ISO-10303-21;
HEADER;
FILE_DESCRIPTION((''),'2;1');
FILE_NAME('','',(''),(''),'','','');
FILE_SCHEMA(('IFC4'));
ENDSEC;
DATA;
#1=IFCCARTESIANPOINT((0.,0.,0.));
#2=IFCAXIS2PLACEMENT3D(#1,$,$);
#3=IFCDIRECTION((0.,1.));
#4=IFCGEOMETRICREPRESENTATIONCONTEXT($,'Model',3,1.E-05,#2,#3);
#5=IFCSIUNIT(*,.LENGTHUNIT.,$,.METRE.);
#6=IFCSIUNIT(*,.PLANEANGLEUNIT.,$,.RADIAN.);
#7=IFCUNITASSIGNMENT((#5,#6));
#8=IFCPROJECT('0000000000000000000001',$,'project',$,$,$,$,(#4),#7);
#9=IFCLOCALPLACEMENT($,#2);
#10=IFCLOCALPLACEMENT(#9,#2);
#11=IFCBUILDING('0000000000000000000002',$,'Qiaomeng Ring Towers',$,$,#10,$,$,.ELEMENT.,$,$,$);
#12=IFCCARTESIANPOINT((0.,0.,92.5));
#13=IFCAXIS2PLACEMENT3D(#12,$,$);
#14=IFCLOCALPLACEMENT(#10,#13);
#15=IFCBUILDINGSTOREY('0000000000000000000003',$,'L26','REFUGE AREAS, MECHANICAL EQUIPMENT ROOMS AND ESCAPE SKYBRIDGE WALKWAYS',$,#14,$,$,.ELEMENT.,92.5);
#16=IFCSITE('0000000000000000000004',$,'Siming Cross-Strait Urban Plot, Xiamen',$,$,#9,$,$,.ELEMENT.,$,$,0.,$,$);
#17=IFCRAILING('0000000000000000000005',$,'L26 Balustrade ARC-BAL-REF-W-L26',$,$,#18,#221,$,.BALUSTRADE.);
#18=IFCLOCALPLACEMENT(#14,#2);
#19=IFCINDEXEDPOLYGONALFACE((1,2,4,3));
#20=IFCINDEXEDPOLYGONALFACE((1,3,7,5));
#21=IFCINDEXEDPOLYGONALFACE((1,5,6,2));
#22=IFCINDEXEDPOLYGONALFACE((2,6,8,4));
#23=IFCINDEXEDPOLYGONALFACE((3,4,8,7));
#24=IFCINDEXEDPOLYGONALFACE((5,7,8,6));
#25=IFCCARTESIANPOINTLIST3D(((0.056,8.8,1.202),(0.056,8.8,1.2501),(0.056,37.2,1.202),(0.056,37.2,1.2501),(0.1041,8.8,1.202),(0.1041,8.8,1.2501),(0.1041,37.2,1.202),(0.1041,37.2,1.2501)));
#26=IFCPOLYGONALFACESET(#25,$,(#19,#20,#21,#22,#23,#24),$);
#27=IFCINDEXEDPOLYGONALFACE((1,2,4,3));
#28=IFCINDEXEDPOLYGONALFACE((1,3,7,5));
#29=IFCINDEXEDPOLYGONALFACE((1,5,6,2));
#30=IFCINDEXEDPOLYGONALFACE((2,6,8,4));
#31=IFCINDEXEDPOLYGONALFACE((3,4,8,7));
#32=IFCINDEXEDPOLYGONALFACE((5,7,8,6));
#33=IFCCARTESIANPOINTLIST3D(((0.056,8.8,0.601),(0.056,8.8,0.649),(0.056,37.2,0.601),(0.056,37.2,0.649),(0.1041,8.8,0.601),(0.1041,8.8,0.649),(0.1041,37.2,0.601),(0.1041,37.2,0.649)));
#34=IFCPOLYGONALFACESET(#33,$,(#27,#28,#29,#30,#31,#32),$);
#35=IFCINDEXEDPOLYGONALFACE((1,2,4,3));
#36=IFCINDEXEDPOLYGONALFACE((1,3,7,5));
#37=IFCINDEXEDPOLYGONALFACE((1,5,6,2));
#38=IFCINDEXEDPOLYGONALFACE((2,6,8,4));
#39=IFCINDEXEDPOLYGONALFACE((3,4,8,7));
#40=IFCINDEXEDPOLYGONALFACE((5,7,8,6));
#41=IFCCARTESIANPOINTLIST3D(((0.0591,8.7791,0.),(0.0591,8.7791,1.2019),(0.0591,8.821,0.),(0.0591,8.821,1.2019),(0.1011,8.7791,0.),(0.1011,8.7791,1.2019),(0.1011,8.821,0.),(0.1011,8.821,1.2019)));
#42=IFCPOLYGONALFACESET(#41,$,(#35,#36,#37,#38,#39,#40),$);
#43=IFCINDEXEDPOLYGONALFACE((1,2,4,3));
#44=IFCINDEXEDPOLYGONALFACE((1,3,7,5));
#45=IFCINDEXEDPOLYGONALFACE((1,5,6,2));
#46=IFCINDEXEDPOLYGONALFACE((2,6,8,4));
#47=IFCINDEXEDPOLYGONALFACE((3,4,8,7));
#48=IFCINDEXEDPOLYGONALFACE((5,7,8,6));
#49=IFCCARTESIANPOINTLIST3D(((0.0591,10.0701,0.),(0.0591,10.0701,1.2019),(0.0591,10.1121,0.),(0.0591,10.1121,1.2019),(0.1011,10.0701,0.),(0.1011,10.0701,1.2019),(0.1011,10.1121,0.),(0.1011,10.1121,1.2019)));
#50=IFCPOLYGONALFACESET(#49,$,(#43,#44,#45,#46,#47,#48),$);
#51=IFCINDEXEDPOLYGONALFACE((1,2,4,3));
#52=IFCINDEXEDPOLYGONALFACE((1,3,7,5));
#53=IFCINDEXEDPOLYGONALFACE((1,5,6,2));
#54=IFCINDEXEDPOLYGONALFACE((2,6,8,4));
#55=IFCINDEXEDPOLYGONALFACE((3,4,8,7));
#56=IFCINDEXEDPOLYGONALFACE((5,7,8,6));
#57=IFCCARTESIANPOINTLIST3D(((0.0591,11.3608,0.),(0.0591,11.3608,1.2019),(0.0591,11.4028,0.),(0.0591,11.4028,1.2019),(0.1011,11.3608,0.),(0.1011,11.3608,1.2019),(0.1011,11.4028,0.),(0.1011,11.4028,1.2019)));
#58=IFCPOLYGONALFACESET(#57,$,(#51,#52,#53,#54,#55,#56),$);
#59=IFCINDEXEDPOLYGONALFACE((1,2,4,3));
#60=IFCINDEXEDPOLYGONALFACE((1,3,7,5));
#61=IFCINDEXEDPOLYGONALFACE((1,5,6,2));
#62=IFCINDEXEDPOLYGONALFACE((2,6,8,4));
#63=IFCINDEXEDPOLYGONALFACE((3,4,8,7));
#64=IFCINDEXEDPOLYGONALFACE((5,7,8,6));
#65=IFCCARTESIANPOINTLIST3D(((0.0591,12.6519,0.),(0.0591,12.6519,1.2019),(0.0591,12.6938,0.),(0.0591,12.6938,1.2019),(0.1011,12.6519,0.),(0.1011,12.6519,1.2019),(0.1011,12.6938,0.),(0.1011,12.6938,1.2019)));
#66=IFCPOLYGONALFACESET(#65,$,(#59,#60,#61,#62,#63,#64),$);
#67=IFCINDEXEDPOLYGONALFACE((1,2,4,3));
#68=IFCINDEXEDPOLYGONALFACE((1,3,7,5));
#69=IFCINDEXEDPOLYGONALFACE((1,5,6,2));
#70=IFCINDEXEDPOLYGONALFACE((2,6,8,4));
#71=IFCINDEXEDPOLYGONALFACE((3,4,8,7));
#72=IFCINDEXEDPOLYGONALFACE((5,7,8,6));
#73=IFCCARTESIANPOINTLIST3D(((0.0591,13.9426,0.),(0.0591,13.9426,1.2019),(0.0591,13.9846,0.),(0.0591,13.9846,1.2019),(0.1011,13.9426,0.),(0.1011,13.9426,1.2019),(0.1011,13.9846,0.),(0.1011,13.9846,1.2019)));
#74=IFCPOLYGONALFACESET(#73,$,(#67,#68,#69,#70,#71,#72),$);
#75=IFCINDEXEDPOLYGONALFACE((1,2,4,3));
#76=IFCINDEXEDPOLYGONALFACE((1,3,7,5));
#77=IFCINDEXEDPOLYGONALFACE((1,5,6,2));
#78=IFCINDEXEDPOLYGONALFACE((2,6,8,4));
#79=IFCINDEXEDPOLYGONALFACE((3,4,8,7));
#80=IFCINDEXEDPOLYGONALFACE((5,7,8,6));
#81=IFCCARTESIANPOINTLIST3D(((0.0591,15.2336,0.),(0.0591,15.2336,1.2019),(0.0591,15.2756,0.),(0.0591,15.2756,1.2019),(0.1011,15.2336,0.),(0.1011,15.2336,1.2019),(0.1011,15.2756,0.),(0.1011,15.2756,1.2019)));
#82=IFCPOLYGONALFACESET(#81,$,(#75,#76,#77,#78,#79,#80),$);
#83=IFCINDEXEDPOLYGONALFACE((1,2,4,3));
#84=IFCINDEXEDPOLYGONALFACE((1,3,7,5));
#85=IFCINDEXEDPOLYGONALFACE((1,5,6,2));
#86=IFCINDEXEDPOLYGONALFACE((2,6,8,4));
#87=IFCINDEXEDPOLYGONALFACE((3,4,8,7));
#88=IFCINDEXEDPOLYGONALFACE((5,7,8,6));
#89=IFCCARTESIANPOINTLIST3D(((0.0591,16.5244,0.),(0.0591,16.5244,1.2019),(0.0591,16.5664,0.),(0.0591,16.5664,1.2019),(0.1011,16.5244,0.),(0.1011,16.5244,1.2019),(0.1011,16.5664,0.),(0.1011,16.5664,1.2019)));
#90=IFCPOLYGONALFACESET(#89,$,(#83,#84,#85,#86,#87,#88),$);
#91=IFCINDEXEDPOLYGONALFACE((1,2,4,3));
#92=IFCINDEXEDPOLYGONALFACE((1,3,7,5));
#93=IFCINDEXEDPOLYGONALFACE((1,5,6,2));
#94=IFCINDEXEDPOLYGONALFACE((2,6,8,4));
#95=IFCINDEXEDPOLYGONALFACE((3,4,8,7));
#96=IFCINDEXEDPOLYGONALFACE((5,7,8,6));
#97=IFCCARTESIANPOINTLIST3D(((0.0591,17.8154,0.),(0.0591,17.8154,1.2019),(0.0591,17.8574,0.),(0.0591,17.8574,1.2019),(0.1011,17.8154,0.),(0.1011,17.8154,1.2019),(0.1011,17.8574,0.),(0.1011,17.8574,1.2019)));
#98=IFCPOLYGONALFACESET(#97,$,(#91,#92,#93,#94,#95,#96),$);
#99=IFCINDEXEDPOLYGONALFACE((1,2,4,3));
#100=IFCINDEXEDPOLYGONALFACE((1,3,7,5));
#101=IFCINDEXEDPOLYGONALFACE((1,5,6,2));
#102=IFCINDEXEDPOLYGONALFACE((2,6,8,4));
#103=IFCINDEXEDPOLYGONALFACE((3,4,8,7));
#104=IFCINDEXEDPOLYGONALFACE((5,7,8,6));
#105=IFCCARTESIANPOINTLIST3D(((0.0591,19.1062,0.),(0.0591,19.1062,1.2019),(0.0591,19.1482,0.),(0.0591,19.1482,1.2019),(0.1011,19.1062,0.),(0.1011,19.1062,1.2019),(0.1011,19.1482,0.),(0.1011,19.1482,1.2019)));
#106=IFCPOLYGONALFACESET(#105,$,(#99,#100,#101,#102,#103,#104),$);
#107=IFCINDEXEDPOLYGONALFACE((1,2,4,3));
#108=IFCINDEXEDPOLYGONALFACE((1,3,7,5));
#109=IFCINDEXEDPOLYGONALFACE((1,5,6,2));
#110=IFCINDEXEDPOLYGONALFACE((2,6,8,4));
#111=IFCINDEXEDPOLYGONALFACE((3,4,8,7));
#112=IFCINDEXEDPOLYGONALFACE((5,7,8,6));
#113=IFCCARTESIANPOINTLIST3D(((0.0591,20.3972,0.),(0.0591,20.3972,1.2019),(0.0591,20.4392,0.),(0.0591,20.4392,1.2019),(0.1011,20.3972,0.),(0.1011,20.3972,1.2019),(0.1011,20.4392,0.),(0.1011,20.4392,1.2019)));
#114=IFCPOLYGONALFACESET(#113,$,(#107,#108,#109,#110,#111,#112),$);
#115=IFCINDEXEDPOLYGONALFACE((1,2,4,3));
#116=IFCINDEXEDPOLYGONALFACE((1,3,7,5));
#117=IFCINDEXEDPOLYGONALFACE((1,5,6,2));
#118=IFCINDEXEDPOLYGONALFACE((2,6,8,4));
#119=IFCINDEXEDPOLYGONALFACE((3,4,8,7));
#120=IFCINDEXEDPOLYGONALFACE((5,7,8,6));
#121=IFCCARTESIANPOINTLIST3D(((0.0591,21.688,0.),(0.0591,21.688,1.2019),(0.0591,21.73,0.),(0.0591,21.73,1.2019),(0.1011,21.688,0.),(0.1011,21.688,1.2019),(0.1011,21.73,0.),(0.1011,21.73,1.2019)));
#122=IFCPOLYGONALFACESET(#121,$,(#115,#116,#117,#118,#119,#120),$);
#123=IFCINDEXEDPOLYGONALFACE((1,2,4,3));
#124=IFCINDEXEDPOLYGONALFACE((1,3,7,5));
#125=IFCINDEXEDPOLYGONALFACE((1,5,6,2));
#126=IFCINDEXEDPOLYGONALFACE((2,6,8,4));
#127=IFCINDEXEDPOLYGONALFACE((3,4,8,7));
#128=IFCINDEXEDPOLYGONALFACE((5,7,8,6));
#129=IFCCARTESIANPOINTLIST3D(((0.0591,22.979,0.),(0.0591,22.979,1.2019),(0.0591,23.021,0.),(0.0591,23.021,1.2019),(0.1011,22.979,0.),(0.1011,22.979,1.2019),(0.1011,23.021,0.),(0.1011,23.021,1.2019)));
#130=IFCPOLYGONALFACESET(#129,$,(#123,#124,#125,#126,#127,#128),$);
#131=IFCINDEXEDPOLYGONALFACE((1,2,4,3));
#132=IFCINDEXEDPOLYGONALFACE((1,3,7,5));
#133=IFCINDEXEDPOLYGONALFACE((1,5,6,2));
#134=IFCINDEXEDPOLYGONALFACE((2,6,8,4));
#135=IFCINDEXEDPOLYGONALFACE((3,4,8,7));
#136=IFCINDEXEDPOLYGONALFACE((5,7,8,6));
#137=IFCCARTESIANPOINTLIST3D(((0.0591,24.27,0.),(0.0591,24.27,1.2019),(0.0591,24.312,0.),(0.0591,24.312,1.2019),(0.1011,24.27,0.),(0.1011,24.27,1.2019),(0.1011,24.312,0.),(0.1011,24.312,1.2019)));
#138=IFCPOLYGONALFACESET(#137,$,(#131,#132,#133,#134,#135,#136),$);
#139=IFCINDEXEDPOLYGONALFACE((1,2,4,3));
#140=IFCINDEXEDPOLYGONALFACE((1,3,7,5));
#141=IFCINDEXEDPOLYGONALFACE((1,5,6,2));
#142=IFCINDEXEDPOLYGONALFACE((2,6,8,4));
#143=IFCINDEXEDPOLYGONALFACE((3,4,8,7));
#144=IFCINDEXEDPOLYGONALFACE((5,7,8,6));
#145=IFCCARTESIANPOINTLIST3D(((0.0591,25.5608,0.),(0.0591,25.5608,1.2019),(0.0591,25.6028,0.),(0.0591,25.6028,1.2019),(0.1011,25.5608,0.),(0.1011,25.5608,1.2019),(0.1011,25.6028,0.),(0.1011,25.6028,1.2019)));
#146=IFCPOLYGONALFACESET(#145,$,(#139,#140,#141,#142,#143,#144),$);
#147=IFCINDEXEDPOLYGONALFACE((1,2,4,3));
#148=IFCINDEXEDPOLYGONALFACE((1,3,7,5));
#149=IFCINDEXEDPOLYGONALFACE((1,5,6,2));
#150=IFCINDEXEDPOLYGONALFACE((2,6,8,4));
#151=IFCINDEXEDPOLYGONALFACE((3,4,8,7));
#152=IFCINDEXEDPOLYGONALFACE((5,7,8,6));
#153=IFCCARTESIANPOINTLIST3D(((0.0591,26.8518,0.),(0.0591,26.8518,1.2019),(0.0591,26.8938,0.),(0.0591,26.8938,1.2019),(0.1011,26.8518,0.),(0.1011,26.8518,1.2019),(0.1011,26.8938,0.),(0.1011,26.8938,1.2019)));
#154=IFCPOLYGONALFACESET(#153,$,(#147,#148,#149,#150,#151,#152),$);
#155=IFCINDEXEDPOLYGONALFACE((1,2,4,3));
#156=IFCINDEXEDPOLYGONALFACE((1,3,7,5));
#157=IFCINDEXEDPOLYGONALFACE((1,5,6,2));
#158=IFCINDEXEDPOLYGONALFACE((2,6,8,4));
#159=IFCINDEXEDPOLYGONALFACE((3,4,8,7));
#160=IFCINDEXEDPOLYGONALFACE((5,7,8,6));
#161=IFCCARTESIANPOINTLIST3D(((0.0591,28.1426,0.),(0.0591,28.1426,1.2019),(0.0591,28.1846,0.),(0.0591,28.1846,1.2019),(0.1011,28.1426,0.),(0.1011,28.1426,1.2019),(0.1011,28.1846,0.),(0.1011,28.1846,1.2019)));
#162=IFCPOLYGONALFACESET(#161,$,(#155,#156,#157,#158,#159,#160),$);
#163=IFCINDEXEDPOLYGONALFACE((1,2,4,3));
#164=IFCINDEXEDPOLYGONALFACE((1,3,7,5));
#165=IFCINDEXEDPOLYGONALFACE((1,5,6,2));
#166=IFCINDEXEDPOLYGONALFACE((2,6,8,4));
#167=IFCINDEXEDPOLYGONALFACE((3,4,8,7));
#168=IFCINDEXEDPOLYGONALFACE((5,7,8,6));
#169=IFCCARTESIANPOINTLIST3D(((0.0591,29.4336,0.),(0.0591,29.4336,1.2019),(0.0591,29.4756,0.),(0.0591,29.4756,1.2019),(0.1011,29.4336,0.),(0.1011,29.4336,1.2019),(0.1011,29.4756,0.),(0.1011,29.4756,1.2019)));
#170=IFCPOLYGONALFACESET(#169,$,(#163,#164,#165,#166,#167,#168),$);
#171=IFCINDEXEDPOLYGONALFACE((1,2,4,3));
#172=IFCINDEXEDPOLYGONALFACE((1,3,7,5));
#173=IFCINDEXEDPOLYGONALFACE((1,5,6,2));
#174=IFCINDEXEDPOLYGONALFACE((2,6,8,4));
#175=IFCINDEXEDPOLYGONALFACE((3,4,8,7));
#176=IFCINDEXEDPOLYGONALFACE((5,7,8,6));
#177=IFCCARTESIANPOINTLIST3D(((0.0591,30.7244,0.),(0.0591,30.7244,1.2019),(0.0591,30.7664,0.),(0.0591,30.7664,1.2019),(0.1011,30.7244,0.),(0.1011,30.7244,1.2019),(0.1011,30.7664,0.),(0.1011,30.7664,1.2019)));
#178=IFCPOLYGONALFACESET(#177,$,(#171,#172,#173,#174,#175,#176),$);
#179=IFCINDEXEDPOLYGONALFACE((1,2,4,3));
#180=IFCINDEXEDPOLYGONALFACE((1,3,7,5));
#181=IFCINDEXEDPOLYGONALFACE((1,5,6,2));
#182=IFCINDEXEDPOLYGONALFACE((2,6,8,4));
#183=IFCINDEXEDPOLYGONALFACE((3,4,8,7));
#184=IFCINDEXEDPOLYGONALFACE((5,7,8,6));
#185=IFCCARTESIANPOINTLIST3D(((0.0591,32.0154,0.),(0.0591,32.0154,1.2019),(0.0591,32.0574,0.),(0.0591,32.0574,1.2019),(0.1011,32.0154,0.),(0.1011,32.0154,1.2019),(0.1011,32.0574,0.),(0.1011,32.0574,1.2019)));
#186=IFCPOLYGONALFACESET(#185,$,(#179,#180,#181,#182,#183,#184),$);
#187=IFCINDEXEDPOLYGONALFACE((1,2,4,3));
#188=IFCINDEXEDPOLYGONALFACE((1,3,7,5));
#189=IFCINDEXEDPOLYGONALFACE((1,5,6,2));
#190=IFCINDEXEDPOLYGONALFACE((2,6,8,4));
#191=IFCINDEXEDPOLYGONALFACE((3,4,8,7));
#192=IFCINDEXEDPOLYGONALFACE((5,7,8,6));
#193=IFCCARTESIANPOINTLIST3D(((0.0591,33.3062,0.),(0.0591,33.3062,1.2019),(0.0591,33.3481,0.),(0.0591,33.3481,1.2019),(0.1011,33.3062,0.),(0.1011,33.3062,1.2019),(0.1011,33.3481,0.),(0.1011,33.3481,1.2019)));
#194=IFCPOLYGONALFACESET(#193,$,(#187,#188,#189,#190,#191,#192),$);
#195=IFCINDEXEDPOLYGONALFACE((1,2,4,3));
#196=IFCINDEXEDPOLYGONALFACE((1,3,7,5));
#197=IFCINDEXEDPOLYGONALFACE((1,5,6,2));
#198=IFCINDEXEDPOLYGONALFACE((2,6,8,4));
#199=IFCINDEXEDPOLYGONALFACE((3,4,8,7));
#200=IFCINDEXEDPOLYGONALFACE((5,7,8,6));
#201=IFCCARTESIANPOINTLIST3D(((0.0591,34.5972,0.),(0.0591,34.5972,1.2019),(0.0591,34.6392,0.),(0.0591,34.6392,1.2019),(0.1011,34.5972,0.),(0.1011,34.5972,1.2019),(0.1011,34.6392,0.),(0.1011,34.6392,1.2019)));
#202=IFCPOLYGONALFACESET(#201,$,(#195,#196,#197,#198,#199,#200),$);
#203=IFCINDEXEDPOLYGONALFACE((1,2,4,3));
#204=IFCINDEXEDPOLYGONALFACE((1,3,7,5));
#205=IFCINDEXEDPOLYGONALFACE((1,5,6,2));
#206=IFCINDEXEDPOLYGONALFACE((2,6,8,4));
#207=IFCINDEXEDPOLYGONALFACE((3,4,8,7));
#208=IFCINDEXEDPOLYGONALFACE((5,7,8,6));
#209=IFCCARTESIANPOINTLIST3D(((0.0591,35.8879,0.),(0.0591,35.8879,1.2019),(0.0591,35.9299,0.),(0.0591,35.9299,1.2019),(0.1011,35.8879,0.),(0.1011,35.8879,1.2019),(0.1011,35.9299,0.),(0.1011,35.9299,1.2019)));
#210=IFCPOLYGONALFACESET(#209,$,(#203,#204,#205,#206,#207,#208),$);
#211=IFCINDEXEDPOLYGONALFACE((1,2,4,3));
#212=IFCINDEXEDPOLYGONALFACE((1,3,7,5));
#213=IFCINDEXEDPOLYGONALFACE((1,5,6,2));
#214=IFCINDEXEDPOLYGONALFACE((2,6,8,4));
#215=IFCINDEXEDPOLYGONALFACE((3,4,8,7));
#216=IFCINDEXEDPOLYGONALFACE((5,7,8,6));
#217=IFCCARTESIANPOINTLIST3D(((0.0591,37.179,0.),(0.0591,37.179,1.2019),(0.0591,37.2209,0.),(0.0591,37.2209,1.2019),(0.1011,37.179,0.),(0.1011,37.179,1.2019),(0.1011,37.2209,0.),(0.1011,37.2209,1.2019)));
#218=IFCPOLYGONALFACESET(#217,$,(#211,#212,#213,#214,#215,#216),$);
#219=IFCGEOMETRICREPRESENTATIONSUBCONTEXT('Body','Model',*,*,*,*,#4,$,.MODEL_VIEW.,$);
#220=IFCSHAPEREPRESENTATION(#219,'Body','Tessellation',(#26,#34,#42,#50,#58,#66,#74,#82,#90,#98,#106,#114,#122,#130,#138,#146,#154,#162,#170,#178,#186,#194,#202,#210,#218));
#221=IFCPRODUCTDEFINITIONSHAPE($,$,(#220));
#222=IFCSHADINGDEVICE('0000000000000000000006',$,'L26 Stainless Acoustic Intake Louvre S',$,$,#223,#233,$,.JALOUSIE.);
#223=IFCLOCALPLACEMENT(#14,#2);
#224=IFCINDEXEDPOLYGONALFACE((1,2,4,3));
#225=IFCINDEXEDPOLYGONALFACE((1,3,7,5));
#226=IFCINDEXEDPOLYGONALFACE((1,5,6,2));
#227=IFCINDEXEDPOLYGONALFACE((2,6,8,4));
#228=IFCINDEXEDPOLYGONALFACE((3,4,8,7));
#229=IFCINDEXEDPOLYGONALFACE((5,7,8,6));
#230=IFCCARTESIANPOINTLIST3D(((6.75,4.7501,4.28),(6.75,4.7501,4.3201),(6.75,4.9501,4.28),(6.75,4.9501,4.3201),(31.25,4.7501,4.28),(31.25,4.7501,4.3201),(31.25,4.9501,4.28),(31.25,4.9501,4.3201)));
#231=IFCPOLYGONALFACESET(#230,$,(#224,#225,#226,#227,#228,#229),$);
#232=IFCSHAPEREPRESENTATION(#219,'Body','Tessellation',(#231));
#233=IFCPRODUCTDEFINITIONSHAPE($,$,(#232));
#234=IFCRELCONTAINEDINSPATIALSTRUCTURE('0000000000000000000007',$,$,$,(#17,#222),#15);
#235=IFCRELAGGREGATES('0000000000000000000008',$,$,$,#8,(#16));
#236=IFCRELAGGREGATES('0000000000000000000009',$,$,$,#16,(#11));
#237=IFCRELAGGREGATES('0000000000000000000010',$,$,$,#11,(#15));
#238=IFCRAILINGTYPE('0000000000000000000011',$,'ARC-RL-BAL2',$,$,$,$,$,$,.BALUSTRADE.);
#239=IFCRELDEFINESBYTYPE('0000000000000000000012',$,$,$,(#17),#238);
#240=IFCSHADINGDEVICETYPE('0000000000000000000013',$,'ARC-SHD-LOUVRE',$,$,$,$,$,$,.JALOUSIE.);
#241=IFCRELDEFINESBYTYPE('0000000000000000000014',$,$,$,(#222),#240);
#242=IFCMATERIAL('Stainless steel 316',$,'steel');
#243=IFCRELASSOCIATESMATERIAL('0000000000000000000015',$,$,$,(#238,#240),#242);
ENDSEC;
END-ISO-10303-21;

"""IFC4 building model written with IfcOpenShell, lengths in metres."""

from ifc_helpers import new_model, si_unit, direction, frame, origin, origin_2d, place, context, subcontext, project, spatial, rectangle, extrude, source, transform, mapped, material, material_profile, profile_set, type_object, element, save


model = new_model("IFC4")

# Units and contexts
model_context = context("Model", 3, precision=1e-05, world=origin(), true_north=direction((0.0, 1.0)))
body_context = subcontext(model_context, "Body", "Model", "MODEL_VIEW")
ifc_project = project(units=[si_unit("LENGTHUNIT", "METRE"), si_unit("PLANEANGLEUNIT", "RADIAN")], contexts=[model_context])

# Site, building, storey
site_placement = place(None, origin())
site = spatial("IfcSite", under=ifc_project, at=site_placement, Name="Siming Cross-Strait Urban Plot, Xiamen", CompositionType="ELEMENT", RefElevation=0.0)
building_placement = place(site_placement, origin())
building = spatial("IfcBuilding", under=site, at=building_placement, Name="Qiaomeng Ring Towers", CompositionType="ELEMENT")
storey_placement = place(building_placement, frame((0.0, 0.0, 92.5)))
storey = spatial("IfcBuildingStorey", under=building, at=storey_placement, Name="L26", Description="REFUGE AREAS, MECHANICAL EQUIPMENT ROOMS AND ESCAPE SKYBRIDGE WALKWAYS", CompositionType="ELEMENT", Elevation=92.5)

# Railing
ifc_material_1 = material(Name="Stainless steel 316", Category="steel")
railing_type = type_object("IfcRailingType", Name="ARC-RL-BAL2", PredefinedType="BALUSTRADE", material=ifc_material_1)
railing_1_placement = place(storey_placement, frame((0.0801, 8.8, 0.0)))
element("IfcRailing", 1, at=railing_1_placement, inside=storey, type_object=railing_type, Name="L26 Balustrade ARC-BAL-REF-W-L26", PredefinedType="BALUSTRADE", context=body_context, shape_type="SweptSolid", body=[
    extrude(rectangle(XDim=0.0481, YDim=0.0481, at=origin_2d()), frame((0.0, 0.0, 1.2261), z_axis=(0.0, 1.0, 0.0), x_axis=(-1.0, 0.0, 0.0)), (0.0, 0.0, 1.0), 28.3999),
    extrude(rectangle(XDim=0.0481, YDim=0.0481, at=origin_2d()), frame((0.0, 0.0, 0.625), z_axis=(0.0, 1.0, 0.0), x_axis=(-1.0, 0.0, 0.0)), (0.0, 0.0, 1.0), 28.3999),
    extrude(rectangle(XDim=0.042, YDim=0.042, at=origin_2d()), origin(), (0.0, 0.0, 1.0), 1.2019),
    extrude(rectangle(XDim=0.042, YDim=0.042, at=origin_2d()), frame((0.0, 1.291, 0.0)), (0.0, 0.0, 1.0), 1.2019),
    extrude(rectangle(XDim=0.042, YDim=0.042, at=origin_2d()), frame((0.0, 2.5818, 0.0)), (0.0, 0.0, 1.0), 1.2019),
    extrude(rectangle(XDim=0.042, YDim=0.042, at=origin_2d()), frame((0.0, 3.8728, 0.0)), (0.0, 0.0, 1.0), 1.2019),
    extrude(rectangle(XDim=0.042, YDim=0.042, at=origin_2d()), frame((0.0, 5.1636, 0.0)), (0.0, 0.0, 1.0), 1.2019),
    extrude(rectangle(XDim=0.042, YDim=0.042, at=origin_2d()), frame((0.0, 6.4546, 0.0)), (0.0, 0.0, 1.0), 1.2019),
    extrude(rectangle(XDim=0.042, YDim=0.042, at=origin_2d()), frame((0.0, 7.7454, 0.0)), (0.0, 0.0, 1.0), 1.2019),
    extrude(rectangle(XDim=0.042, YDim=0.042, at=origin_2d()), frame((0.0, 9.0364, 0.0)), (0.0, 0.0, 1.0), 1.2019),
    extrude(rectangle(XDim=0.042, YDim=0.042, at=origin_2d()), frame((0.0, 10.3271, 0.0)), (0.0, 0.0, 1.0), 1.2019),
    extrude(rectangle(XDim=0.042, YDim=0.042, at=origin_2d()), frame((0.0, 11.6182, 0.0)), (0.0, 0.0, 1.0), 1.2019),
    extrude(rectangle(XDim=0.042, YDim=0.042, at=origin_2d()), frame((0.0, 12.9089, 0.0)), (0.0, 0.0, 1.0), 1.2019),
    extrude(rectangle(XDim=0.042, YDim=0.042, at=origin_2d()), frame((0.0, 14.2, 0.0)), (0.0, 0.0, 1.0), 1.2019),
    extrude(rectangle(XDim=0.042, YDim=0.042, at=origin_2d()), frame((0.0, 15.491, 0.0)), (0.0, 0.0, 1.0), 1.2019),
    extrude(rectangle(XDim=0.042, YDim=0.042, at=origin_2d()), frame((0.0, 16.7817, 0.0)), (0.0, 0.0, 1.0), 1.2019),
    extrude(rectangle(XDim=0.042, YDim=0.042, at=origin_2d()), frame((0.0, 18.0728, 0.0)), (0.0, 0.0, 1.0), 1.2019),
    extrude(rectangle(XDim=0.042, YDim=0.042, at=origin_2d()), frame((0.0, 19.3635, 0.0)), (0.0, 0.0, 1.0), 1.2019),
    extrude(rectangle(XDim=0.042, YDim=0.042, at=origin_2d()), frame((0.0, 20.6545, 0.0)), (0.0, 0.0, 1.0), 1.2019),
    extrude(rectangle(XDim=0.042, YDim=0.042, at=origin_2d()), frame((0.0, 21.9453, 0.0)), (0.0, 0.0, 1.0), 1.2019),
    extrude(rectangle(XDim=0.042, YDim=0.042, at=origin_2d()), frame((0.0, 23.2363, 0.0)), (0.0, 0.0, 1.0), 1.2019),
    extrude(rectangle(XDim=0.042, YDim=0.042, at=origin_2d()), frame((0.0, 24.5271, 0.0)), (0.0, 0.0, 1.0), 1.2019),
    extrude(rectangle(XDim=0.042, YDim=0.042, at=origin_2d()), frame((0.0, 25.8181, 0.0)), (0.0, 0.0, 1.0), 1.2019),
    extrude(rectangle(XDim=0.042, YDim=0.042, at=origin_2d()), frame((0.0, 27.1089, 0.0)), (0.0, 0.0, 1.0), 1.2019),
    extrude(rectangle(XDim=0.042, YDim=0.042, at=origin_2d()), frame((0.0, 28.3999, 0.0)), (0.0, 0.0, 1.0), 1.2019),
])

# Shading device
ifc_material_profile_1 = material_profile(ifc_material_1, rectangle(XDim=0.2, YDim=0.04, at=origin_2d()), Name="LV BLADE 200x40")
ifc_profile_set_1 = profile_set([ifc_material_profile_1], Name="Stainless steel 316")
shading_device_type = type_object("IfcShadingDeviceType", Name="ARC-SHD-LOUVRE", PredefinedType="JALOUSIE", material=ifc_profile_set_1)
shared_shape_1 = source(origin(), body_context, "Body", "SweptSolid", [
    extrude(rectangle(XDim=0.2, YDim=0.04, at=origin_2d()), origin(), (0.0, 0.0, 1.0), 24.5),
])
shading_device_placement = place(storey_placement, frame((6.75, 4.8501, 4.3), z_axis=(1.0, 0.0, 0.0), x_axis=(0.0, 1.0, 0.0)))
element("IfcShadingDevice", 2, at=shading_device_placement, inside=storey, type_object=shading_device_type, Name="L26 Stainless Acoustic Intake Louvre S", PredefinedType="JALOUSIE", context=body_context, shape_type="MappedRepresentation", body=[
    mapped(shared_shape_1, transform((0.0, 0.0, 0.0), x_axis=(1.0, 0.0, 0.0), y_axis=(0.0, 1.0, 0.0), z_axis=(0.0, 0.0, 1.0), scale=1.0)),
])

save(model, "model.ifc")
